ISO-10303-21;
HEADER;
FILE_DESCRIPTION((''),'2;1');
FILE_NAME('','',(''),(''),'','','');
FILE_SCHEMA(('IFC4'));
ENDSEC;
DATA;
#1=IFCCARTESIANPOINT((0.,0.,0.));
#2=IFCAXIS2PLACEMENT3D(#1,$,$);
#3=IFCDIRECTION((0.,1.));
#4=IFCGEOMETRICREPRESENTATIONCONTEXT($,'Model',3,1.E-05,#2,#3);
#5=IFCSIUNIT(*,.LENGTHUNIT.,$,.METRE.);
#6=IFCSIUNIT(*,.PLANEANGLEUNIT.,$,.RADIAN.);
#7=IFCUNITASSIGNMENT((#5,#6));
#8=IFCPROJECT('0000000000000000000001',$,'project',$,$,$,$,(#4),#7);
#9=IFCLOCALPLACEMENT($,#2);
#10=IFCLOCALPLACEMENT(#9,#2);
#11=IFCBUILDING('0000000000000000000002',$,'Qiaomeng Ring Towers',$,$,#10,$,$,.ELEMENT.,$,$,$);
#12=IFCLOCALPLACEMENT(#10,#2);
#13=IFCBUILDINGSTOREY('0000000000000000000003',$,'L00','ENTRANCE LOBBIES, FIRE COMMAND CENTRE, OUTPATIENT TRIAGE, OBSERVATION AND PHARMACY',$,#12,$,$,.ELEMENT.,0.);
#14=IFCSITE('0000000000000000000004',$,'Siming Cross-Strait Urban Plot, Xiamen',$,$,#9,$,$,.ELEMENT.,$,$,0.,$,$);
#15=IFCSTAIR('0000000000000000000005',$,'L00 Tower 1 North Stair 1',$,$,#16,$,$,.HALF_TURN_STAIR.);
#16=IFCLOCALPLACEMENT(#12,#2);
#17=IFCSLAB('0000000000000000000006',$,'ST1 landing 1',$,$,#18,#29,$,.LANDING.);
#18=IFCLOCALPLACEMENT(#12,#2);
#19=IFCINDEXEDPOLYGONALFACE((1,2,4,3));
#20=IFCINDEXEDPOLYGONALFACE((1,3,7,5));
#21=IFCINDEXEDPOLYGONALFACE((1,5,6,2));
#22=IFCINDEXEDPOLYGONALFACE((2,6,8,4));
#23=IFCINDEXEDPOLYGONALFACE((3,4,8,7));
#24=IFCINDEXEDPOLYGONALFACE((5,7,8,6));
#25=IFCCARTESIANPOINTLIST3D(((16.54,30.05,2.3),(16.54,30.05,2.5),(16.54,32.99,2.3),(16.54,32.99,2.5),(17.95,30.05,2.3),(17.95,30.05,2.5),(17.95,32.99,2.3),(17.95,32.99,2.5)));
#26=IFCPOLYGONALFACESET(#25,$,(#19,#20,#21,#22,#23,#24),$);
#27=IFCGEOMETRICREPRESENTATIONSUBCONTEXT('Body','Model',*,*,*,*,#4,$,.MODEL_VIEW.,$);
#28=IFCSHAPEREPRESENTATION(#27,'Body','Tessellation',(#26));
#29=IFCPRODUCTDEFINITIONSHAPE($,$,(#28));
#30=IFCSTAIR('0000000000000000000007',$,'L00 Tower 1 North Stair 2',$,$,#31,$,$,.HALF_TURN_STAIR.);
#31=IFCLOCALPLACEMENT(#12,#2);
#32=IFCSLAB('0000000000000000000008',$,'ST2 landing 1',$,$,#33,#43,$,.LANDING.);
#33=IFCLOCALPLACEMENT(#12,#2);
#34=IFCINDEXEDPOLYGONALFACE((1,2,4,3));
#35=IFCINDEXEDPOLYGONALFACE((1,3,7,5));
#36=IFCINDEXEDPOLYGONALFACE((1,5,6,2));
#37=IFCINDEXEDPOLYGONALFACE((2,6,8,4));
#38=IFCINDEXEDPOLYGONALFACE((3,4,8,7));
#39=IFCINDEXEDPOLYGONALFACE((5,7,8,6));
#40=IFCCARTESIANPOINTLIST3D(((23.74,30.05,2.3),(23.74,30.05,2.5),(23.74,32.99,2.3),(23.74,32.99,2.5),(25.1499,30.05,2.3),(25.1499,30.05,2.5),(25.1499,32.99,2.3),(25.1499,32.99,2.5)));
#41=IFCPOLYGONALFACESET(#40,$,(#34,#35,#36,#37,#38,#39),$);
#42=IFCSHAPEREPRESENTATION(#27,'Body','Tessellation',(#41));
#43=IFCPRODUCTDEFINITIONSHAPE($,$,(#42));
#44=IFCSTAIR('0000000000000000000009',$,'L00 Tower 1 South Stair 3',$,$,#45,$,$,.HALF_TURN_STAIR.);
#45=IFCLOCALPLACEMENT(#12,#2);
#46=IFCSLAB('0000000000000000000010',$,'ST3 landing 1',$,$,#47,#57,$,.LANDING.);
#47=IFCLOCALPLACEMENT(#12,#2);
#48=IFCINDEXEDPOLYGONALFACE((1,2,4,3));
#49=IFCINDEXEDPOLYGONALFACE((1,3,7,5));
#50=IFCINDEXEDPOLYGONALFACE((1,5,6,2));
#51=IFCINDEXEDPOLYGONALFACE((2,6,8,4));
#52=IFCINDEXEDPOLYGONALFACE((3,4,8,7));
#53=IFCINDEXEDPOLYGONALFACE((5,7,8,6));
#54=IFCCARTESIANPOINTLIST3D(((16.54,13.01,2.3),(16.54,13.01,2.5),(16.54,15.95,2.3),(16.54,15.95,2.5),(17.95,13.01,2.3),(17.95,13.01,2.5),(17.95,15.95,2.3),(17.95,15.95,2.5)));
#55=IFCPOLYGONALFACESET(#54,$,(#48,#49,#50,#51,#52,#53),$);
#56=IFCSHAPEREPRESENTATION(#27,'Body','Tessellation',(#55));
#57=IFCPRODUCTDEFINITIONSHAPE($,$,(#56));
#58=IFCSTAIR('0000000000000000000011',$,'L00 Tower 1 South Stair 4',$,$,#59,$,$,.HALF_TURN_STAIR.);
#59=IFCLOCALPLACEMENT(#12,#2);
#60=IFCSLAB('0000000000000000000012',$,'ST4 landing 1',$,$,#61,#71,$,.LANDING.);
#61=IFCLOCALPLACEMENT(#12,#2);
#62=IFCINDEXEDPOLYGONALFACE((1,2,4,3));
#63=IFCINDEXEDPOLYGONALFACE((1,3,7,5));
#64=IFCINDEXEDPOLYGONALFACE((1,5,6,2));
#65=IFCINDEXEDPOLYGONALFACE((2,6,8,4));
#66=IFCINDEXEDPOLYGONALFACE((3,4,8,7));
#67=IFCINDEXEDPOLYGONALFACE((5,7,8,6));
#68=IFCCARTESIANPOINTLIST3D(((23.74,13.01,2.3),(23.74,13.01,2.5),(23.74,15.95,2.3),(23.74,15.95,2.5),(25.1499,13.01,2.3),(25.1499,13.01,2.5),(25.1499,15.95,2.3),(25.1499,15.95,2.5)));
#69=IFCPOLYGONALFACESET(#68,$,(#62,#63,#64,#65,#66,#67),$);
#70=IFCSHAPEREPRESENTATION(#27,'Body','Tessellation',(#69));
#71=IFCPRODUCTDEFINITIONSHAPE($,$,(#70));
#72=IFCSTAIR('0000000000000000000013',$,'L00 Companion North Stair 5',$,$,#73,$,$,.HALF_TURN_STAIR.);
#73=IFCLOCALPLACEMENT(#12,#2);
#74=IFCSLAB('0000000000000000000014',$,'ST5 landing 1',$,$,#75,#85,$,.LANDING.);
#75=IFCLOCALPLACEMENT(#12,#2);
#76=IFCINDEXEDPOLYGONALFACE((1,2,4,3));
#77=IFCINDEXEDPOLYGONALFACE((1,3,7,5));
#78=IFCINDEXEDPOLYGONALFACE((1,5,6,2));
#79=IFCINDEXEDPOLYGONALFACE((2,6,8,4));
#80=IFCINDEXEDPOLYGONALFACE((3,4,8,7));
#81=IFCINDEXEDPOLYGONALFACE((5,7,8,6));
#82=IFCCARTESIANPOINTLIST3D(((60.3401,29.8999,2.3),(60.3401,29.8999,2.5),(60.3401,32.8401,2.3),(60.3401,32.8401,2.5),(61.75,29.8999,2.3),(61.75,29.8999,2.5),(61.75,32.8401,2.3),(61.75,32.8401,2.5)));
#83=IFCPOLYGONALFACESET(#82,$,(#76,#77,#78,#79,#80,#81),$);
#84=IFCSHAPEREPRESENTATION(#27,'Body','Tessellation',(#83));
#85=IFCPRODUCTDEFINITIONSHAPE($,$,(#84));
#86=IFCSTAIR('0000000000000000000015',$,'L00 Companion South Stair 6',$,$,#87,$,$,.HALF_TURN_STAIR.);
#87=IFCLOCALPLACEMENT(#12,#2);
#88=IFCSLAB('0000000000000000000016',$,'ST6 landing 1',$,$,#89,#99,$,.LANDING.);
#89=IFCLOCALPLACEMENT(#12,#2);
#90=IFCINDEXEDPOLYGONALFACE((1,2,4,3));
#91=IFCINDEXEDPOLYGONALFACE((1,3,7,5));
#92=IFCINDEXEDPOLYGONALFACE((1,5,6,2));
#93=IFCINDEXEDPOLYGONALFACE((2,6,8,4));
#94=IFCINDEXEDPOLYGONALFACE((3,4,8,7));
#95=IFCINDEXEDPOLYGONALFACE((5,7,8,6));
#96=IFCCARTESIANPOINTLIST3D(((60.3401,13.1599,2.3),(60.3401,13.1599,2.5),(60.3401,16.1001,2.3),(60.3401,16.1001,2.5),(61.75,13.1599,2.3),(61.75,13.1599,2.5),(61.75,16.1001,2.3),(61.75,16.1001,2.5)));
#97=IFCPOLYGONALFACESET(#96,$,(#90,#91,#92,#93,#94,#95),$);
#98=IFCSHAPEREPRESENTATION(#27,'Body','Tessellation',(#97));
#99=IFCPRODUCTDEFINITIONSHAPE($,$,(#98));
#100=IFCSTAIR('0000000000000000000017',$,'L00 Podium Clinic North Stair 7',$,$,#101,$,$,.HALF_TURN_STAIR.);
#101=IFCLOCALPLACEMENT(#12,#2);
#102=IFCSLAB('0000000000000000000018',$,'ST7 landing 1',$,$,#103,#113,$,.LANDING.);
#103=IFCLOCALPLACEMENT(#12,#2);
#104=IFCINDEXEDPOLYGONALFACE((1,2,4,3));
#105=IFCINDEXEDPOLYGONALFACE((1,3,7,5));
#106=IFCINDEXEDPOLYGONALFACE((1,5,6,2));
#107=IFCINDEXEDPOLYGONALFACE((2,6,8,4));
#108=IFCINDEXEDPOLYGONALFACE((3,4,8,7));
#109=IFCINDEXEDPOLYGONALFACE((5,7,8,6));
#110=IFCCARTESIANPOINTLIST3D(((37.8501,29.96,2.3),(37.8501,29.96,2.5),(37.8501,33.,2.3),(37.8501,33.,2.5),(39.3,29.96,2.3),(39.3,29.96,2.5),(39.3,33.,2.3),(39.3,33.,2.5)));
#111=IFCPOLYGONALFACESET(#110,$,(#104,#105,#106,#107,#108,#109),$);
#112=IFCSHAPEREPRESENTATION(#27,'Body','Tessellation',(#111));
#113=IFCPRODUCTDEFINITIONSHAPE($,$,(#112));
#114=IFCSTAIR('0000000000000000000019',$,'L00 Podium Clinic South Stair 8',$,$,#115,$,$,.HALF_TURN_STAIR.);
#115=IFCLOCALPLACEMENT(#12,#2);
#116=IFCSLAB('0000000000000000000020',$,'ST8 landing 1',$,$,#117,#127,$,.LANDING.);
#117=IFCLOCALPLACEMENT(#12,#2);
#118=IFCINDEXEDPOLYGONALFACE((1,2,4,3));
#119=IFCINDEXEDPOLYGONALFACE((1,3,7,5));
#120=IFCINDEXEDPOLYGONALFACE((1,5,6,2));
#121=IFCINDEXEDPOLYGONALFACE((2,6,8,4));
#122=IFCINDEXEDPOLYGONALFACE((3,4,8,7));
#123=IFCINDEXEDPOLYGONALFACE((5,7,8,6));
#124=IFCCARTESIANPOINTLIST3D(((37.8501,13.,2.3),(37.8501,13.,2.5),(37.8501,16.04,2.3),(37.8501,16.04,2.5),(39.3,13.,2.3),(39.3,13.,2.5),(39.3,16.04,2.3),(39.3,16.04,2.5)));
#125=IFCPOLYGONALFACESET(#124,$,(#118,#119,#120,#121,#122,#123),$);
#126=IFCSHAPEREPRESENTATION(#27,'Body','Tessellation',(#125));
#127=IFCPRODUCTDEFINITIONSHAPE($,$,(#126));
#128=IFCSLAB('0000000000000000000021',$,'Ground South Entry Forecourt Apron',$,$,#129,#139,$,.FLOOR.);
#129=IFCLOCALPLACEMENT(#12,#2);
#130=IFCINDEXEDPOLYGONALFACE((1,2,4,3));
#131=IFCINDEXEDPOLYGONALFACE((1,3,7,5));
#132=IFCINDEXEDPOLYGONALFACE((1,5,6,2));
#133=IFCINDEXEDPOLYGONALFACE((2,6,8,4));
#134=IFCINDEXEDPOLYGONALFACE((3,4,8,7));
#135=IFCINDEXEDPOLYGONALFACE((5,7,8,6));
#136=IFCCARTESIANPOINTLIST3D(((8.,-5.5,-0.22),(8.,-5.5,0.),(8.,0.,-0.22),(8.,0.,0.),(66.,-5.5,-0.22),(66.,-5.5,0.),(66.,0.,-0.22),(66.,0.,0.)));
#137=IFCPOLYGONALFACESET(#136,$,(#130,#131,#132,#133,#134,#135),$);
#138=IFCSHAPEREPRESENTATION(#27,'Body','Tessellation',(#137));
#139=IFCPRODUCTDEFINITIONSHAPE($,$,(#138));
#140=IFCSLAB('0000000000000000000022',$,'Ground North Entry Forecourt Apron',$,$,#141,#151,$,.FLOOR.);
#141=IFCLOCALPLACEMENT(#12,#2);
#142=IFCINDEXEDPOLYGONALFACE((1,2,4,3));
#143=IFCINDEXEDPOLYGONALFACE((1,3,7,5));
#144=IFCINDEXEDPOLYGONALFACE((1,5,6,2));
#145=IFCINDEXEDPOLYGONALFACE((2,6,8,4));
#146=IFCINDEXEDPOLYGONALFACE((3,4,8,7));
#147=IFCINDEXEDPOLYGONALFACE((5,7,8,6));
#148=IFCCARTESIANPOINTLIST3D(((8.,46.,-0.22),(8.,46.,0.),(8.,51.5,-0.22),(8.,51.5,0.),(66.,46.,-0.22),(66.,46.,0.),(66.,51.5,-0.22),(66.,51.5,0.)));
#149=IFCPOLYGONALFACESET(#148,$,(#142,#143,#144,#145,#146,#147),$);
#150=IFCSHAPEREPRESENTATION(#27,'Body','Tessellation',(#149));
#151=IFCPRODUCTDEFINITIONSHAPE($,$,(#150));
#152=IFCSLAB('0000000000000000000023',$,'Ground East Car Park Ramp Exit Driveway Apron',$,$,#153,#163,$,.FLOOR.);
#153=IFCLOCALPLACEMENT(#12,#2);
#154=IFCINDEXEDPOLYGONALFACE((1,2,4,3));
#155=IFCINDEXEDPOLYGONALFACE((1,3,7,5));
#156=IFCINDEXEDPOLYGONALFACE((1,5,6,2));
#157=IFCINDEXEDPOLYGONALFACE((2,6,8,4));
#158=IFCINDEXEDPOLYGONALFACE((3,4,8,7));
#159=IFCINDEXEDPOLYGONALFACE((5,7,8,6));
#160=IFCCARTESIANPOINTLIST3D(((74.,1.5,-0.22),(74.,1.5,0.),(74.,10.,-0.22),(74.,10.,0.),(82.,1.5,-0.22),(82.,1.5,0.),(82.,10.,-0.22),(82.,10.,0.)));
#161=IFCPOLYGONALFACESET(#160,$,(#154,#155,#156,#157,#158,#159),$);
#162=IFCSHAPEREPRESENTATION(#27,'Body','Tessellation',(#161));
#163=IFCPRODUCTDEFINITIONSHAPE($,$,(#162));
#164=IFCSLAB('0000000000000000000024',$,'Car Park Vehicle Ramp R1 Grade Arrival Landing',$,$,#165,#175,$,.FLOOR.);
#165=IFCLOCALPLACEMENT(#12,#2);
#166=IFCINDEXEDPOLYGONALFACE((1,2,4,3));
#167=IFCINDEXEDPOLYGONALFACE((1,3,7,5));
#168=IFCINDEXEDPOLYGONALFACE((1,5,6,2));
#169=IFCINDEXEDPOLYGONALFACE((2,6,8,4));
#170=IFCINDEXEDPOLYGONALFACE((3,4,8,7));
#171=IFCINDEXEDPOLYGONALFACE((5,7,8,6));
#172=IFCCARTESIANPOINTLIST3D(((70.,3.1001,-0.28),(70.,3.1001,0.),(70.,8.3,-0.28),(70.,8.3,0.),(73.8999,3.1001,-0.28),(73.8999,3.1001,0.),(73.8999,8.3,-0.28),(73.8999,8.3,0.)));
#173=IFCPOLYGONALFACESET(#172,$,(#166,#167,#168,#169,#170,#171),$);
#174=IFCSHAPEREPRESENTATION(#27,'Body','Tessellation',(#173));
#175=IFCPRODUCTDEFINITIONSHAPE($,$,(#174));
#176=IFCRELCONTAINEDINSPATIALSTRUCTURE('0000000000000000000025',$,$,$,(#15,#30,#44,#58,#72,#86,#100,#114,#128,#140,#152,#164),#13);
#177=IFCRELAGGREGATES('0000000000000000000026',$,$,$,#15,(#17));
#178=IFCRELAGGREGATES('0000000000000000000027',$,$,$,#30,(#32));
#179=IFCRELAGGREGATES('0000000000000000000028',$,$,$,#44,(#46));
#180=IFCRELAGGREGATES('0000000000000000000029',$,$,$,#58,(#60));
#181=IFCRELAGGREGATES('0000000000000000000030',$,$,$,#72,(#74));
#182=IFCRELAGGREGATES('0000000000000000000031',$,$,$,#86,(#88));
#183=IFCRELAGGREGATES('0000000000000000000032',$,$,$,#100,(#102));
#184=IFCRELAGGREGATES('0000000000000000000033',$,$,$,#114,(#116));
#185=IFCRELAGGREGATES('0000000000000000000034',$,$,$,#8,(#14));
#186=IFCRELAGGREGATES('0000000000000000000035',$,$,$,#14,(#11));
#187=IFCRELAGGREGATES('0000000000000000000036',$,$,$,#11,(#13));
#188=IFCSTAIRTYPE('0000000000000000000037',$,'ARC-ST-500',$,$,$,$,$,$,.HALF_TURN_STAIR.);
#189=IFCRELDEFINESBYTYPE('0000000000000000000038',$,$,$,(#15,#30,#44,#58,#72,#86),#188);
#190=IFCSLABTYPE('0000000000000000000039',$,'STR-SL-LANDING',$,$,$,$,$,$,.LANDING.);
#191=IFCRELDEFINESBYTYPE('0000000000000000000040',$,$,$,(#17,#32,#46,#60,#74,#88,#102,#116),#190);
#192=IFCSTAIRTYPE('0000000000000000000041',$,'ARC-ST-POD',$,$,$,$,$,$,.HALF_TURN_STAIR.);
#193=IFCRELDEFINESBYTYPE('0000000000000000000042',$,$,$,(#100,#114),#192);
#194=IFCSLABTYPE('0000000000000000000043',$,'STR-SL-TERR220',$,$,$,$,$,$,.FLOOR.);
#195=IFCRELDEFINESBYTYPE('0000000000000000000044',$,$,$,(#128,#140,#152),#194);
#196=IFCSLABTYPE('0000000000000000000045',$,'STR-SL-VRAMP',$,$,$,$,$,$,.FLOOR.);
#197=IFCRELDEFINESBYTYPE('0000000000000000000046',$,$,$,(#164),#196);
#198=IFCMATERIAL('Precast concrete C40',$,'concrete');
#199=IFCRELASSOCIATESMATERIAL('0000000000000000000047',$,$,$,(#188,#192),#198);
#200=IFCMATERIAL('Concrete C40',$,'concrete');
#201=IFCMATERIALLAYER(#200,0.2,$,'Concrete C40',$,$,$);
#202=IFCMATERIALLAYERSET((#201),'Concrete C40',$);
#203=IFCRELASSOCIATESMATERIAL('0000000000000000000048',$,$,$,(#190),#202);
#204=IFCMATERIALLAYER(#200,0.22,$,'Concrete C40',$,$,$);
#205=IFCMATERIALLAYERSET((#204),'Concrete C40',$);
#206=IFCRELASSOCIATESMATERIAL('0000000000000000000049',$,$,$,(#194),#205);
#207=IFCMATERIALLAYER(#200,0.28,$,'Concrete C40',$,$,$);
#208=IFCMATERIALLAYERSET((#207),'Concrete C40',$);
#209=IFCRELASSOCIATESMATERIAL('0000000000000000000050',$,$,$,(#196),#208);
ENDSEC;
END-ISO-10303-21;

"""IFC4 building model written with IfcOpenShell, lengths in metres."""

from ifc_helpers import new_model, si_unit, direction, frame, origin, place, context, subcontext, project, spatial, polyline, outline, extrude, material, layer, layer_set, type_object, element, aggregate, save


model = new_model("IFC4")

# Units and contexts
model_context = context("Model", 3, precision=1e-05, world=origin(), true_north=direction((0.0, 1.0)))
body_context = subcontext(model_context, "Body", "Model", "MODEL_VIEW")
ifc_project = project(units=[si_unit("LENGTHUNIT", "METRE"), si_unit("PLANEANGLEUNIT", "RADIAN")], contexts=[model_context])

# Site, building, storey
site_placement = place(None, origin())
site = spatial("IfcSite", under=ifc_project, at=site_placement, Name="Siming Cross-Strait Urban Plot, Xiamen", CompositionType="ELEMENT", RefElevation=0.0)
building_placement = place(site_placement, origin())
building = spatial("IfcBuilding", under=site, at=building_placement, Name="Qiaomeng Ring Towers", CompositionType="ELEMENT")
storey_placement = place(building_placement, origin())
storey = spatial("IfcBuildingStorey", under=building, at=storey_placement, Name="L00", Description="ENTRANCE LOBBIES, FIRE COMMAND CENTRE, OUTPATIENT TRIAGE, OBSERVATION AND PHARMACY", CompositionType="ELEMENT", Elevation=0.0)

# Shared definitions
ifc_material_1 = material(Name="Concrete C40", Category="concrete")

# Stairs, slabs
ifc_material_2 = material(Name="Precast concrete C40", Category="concrete")
stair_type_1 = type_object("IfcStairType", Name="ARC-ST-500", PredefinedType="HALF_TURN_STAIR", material=ifc_material_2)
stair_1_placement = place(storey_placement, origin())
stair_1 = element("IfcStair", 1, at=stair_1_placement, inside=storey, type_object=stair_type_1, Name="L00 Tower 1 North Stair 1", PredefinedType="HALF_TURN_STAIR")
ifc_layer_1 = layer(ifc_material_1, 0.2, Name="Concrete C40")
ifc_layer_set_1 = layer_set([ifc_layer_1], Name="Concrete C40")
slab_type_1 = type_object("IfcSlabType", Name="STR-SL-LANDING", PredefinedType="LANDING", material=ifc_layer_set_1)
slab_1_placement = place(storey_placement, frame((0.0, 0.0, 2.3)))
slab_1 = element("IfcSlab", 2, at=slab_1_placement, type_object=slab_type_1, Name="ST1 landing 1", PredefinedType="LANDING", context=body_context, shape_type="SweptSolid", body=[
    extrude(outline(polyline([(16.54, 30.05), (17.95, 30.05), (17.95, 32.99), (16.54, 32.99), (16.54, 30.05)])), origin(), (0.0, 0.0, 1.0), 0.2),
])
aggregate(stair_1, [slab_1])
stair_2_placement = place(storey_placement, origin())
stair_2 = element("IfcStair", 3, at=stair_2_placement, inside=storey, type_object=stair_type_1, Name="L00 Tower 1 North Stair 2", PredefinedType="HALF_TURN_STAIR")
slab_2_placement = place(storey_placement, frame((0.0, 0.0, 2.3)))
slab_2 = element("IfcSlab", 4, at=slab_2_placement, type_object=slab_type_1, Name="ST2 landing 1", PredefinedType="LANDING", context=body_context, shape_type="SweptSolid", body=[
    extrude(outline(polyline([(23.74, 30.05), (25.1499, 30.05), (25.1499, 32.99), (23.74, 32.99), (23.74, 30.05)])), origin(), (0.0, 0.0, 1.0), 0.2),
])
aggregate(stair_2, [slab_2])
stair_3_placement = place(storey_placement, origin())
stair_3 = element("IfcStair", 5, at=stair_3_placement, inside=storey, type_object=stair_type_1, Name="L00 Tower 1 South Stair 3", PredefinedType="HALF_TURN_STAIR")
slab_3_placement = place(storey_placement, frame((0.0, 0.0, 2.3)))
slab_3 = element("IfcSlab", 6, at=slab_3_placement, type_object=slab_type_1, Name="ST3 landing 1", PredefinedType="LANDING", context=body_context, shape_type="SweptSolid", body=[
    extrude(outline(polyline([(16.54, 13.01), (17.95, 13.01), (17.95, 15.95), (16.54, 15.95), (16.54, 13.01)])), origin(), (0.0, 0.0, 1.0), 0.2),
])
aggregate(stair_3, [slab_3])
stair_4_placement = place(storey_placement, origin())
stair_4 = element("IfcStair", 7, at=stair_4_placement, inside=storey, type_object=stair_type_1, Name="L00 Tower 1 South Stair 4", PredefinedType="HALF_TURN_STAIR")
slab_4_placement = place(storey_placement, frame((0.0, 0.0, 2.3)))
slab_4 = element("IfcSlab", 8, at=slab_4_placement, type_object=slab_type_1, Name="ST4 landing 1", PredefinedType="LANDING", context=body_context, shape_type="SweptSolid", body=[
    extrude(outline(polyline([(23.74, 13.01), (25.1499, 13.01), (25.1499, 15.95), (23.74, 15.95), (23.74, 13.01)])), origin(), (0.0, 0.0, 1.0), 0.2),
])
aggregate(stair_4, [slab_4])
stair_5_placement = place(storey_placement, origin())
stair_5 = element("IfcStair", 9, at=stair_5_placement, inside=storey, type_object=stair_type_1, Name="L00 Companion North Stair 5", PredefinedType="HALF_TURN_STAIR")
slab_5_placement = place(storey_placement, frame((0.0, 0.0, 2.3)))
slab_5 = element("IfcSlab", 10, at=slab_5_placement, type_object=slab_type_1, Name="ST5 landing 1", PredefinedType="LANDING", context=body_context, shape_type="SweptSolid", body=[
    extrude(outline(polyline([(60.3401, 29.8999), (61.75, 29.8999), (61.75, 32.8401), (60.3401, 32.8401), (60.3401, 29.8999)])), origin(), (0.0, 0.0, 1.0), 0.2),
])
aggregate(stair_5, [slab_5])
stair_6_placement = place(storey_placement, origin())
stair_6 = element("IfcStair", 11, at=stair_6_placement, inside=storey, type_object=stair_type_1, Name="L00 Companion South Stair 6", PredefinedType="HALF_TURN_STAIR")
slab_6_placement = place(storey_placement, frame((0.0, 0.0, 2.3)))
slab_6 = element("IfcSlab", 12, at=slab_6_placement, type_object=slab_type_1, Name="ST6 landing 1", PredefinedType="LANDING", context=body_context, shape_type="SweptSolid", body=[
    extrude(outline(polyline([(60.3401, 13.1599), (61.75, 13.1599), (61.75, 16.1001), (60.3401, 16.1001), (60.3401, 13.1599)])), origin(), (0.0, 0.0, 1.0), 0.2),
])
aggregate(stair_6, [slab_6])
stair_type_2 = type_object("IfcStairType", Name="ARC-ST-POD", PredefinedType="HALF_TURN_STAIR", material=ifc_material_2)
stair_7_placement = place(storey_placement, origin())
stair_7 = element("IfcStair", 13, at=stair_7_placement, inside=storey, type_object=stair_type_2, Name="L00 Podium Clinic North Stair 7", PredefinedType="HALF_TURN_STAIR")
slab_7_placement = place(storey_placement, frame((0.0, 0.0, 2.3)))
slab_7 = element("IfcSlab", 14, at=slab_7_placement, type_object=slab_type_1, Name="ST7 landing 1", PredefinedType="LANDING", context=body_context, shape_type="SweptSolid", body=[
    extrude(outline(polyline([(37.8501, 29.96), (39.3, 29.96), (39.3, 33.0), (37.8501, 33.0), (37.8501, 29.96)])), origin(), (0.0, 0.0, 1.0), 0.2),
])
aggregate(stair_7, [slab_7])
stair_8_placement = place(storey_placement, origin())
stair_8 = element("IfcStair", 15, at=stair_8_placement, inside=storey, type_object=stair_type_2, Name="L00 Podium Clinic South Stair 8", PredefinedType="HALF_TURN_STAIR")
slab_8_placement = place(storey_placement, frame((0.0, 0.0, 2.3)))
slab_8 = element("IfcSlab", 16, at=slab_8_placement, type_object=slab_type_1, Name="ST8 landing 1", PredefinedType="LANDING", context=body_context, shape_type="SweptSolid", body=[
    extrude(outline(polyline([(37.8501, 13.0), (39.3, 13.0), (39.3, 16.04), (37.8501, 16.04), (37.8501, 13.0)])), origin(), (0.0, 0.0, 1.0), 0.2),
])
aggregate(stair_8, [slab_8])

# Slabs
ifc_layer_2 = layer(ifc_material_1, 0.22, Name="Concrete C40")
ifc_layer_set_2 = layer_set([ifc_layer_2], Name="Concrete C40")
slab_type_2 = type_object("IfcSlabType", Name="STR-SL-TERR220", PredefinedType="FLOOR", material=ifc_layer_set_2)
slab_9_placement = place(storey_placement, frame((0.0, 0.0, -0.22)))
element("IfcSlab", 17, at=slab_9_placement, inside=storey, type_object=slab_type_2, Name="Ground South Entry Forecourt Apron", PredefinedType="FLOOR", context=body_context, shape_type="SweptSolid", body=[
    extrude(outline(polyline([(8.0, -5.5), (66.0, -5.5), (66.0, 0.0), (8.0, 0.0), (8.0, -5.5)])), origin(), (0.0, 0.0, 1.0), 0.22),
])
slab_10_placement = place(storey_placement, frame((0.0, 0.0, -0.22)))
element("IfcSlab", 18, at=slab_10_placement, inside=storey, type_object=slab_type_2, Name="Ground North Entry Forecourt Apron", PredefinedType="FLOOR", context=body_context, shape_type="SweptSolid", body=[
    extrude(outline(polyline([(8.0, 46.0), (66.0, 46.0), (66.0, 51.5), (8.0, 51.5), (8.0, 46.0)])), origin(), (0.0, 0.0, 1.0), 0.22),
])
slab_11_placement = place(storey_placement, frame((0.0, 0.0, -0.22)))
element("IfcSlab", 19, at=slab_11_placement, inside=storey, type_object=slab_type_2, Name="Ground East Car Park Ramp Exit Driveway Apron", PredefinedType="FLOOR", context=body_context, shape_type="SweptSolid", body=[
    extrude(outline(polyline([(74.0, 1.5), (82.0, 1.5), (82.0, 10.0), (74.0, 10.0), (74.0, 1.5)])), origin(), (0.0, 0.0, 1.0), 0.22),
])
ifc_layer_3 = layer(ifc_material_1, 0.28, Name="Concrete C40")
ifc_layer_set_3 = layer_set([ifc_layer_3], Name="Concrete C40")
slab_type_3 = type_object("IfcSlabType", Name="STR-SL-VRAMP", PredefinedType="FLOOR", material=ifc_layer_set_3)
slab_12_placement = place(storey_placement, frame((0.0, 0.0, -0.28)))
element("IfcSlab", 20, at=slab_12_placement, inside=storey, type_object=slab_type_3, Name="Car Park Vehicle Ramp R1 Grade Arrival Landing", PredefinedType="FLOOR", context=body_context, shape_type="SweptSolid", body=[
    extrude(outline(polyline([(70.0, 3.1001), (73.8999, 3.1001), (73.8999, 8.3), (70.0, 8.3), (70.0, 3.1001)])), origin(), (0.0, 0.0, 1.0), 0.28),
])

save(model, "model.ifc")
